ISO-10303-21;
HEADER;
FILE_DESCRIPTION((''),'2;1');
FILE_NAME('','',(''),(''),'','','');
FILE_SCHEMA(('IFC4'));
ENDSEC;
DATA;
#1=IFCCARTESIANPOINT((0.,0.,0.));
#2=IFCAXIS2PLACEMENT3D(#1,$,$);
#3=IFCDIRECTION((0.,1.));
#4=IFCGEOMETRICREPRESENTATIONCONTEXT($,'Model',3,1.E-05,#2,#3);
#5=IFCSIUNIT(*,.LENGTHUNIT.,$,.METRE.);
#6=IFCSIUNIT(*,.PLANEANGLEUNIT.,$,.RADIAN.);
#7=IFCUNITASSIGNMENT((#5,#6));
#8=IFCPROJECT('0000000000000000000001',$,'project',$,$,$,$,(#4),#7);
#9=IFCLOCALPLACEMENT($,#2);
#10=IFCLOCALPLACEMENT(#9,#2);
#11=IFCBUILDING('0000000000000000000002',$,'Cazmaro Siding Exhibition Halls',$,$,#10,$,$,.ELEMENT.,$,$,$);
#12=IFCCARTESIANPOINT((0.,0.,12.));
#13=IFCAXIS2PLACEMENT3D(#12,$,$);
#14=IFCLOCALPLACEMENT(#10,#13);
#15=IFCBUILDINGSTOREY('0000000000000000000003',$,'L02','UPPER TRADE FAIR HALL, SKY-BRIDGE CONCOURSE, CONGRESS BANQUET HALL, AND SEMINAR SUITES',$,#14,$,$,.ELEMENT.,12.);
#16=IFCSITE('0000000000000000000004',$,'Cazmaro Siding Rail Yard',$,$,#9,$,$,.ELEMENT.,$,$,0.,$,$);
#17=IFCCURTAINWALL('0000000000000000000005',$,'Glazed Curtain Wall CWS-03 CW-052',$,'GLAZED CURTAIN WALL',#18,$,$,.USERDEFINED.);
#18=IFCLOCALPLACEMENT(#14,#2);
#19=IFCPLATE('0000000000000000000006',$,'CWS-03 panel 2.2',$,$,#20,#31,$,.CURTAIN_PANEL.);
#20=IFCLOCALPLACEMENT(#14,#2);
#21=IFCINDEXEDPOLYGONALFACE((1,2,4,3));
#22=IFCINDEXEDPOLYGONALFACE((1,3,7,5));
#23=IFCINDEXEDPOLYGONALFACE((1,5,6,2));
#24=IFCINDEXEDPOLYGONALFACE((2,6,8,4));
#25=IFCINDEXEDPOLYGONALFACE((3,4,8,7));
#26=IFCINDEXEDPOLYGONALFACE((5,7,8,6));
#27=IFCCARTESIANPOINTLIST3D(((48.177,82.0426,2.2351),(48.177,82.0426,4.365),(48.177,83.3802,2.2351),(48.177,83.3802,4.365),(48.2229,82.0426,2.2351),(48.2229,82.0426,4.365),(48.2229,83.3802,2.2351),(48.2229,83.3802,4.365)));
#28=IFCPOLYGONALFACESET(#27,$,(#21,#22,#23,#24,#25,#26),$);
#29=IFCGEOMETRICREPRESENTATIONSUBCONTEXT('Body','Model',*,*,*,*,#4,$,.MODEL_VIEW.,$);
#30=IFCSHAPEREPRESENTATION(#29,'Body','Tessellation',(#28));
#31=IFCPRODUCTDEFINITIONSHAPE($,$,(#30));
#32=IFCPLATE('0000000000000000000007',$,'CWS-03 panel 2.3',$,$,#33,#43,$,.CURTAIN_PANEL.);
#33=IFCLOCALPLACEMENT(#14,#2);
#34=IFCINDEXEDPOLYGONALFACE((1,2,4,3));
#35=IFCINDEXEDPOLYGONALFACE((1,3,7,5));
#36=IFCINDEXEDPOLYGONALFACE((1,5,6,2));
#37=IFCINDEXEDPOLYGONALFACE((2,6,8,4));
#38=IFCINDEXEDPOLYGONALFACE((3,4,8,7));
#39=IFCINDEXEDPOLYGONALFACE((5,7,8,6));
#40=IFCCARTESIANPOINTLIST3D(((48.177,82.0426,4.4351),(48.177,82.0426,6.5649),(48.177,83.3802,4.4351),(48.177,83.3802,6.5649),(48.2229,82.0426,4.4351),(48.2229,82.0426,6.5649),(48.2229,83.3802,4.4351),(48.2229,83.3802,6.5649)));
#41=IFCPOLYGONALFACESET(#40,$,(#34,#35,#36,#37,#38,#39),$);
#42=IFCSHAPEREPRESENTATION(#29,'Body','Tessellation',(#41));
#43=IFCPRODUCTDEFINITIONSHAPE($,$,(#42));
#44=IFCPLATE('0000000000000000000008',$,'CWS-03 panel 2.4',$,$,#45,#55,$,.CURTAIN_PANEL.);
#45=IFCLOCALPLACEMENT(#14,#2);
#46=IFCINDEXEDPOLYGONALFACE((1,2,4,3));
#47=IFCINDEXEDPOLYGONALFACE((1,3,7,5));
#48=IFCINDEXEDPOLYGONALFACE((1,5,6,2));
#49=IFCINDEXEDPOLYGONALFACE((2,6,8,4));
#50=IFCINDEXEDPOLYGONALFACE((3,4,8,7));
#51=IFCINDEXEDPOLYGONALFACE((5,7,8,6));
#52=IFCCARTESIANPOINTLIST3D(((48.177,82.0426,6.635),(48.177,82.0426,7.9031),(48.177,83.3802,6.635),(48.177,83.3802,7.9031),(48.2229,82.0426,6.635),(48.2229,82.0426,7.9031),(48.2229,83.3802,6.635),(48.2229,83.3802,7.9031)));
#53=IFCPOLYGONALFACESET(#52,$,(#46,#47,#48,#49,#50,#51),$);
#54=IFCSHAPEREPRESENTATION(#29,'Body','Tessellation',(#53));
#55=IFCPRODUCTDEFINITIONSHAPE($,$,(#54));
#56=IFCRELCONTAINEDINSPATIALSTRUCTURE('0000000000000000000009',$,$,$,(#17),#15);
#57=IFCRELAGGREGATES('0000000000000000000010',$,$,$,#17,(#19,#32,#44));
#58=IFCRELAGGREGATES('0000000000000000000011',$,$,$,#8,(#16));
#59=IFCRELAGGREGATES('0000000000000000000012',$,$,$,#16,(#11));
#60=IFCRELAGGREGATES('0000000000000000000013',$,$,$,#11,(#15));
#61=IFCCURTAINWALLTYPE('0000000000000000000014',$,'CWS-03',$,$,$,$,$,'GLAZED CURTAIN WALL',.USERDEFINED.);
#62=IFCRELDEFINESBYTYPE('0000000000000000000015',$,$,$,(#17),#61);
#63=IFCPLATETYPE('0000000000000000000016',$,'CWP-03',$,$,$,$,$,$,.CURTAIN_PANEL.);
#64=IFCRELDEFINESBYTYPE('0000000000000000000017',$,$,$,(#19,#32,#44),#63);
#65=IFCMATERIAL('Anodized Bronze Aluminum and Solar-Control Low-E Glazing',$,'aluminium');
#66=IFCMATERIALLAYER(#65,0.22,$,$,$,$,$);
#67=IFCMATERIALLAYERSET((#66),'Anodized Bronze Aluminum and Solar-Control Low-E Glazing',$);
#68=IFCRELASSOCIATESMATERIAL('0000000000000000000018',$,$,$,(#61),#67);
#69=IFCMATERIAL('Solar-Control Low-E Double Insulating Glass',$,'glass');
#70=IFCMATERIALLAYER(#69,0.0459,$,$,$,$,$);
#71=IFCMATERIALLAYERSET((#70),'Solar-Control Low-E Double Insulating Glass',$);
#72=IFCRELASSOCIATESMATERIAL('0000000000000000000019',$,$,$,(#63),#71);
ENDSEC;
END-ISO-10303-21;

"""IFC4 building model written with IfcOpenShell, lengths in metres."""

from ifc_helpers import new_model, si_unit, direction, frame, origin, origin_2d, place, context, subcontext, project, spatial, rectangle, extrude, material, layer, layer_set, type_object, element, aggregate, save


model = new_model("IFC4")

# Units and contexts
model_context = context("Model", 3, precision=1e-05, world=origin(), true_north=direction((0.0, 1.0)))
body_context = subcontext(model_context, "Body", "Model", "MODEL_VIEW")
ifc_project = project(units=[si_unit("LENGTHUNIT", "METRE"), si_unit("PLANEANGLEUNIT", "RADIAN")], contexts=[model_context])

# Site, building, storey
site_placement = place(None, origin())
site = spatial("IfcSite", under=ifc_project, at=site_placement, Name="Cazmaro Siding Rail Yard", CompositionType="ELEMENT", RefElevation=0.0)
building_placement = place(site_placement, origin())
building = spatial("IfcBuilding", under=site, at=building_placement, Name="Cazmaro Siding Exhibition Halls", CompositionType="ELEMENT")
storey_placement = place(building_placement, frame((0.0, 0.0, 12.0)))
storey = spatial("IfcBuildingStorey", under=building, at=storey_placement, Name="L02", Description="UPPER TRADE FAIR HALL, SKY-BRIDGE CONCOURSE, CONGRESS BANQUET HALL, AND SEMINAR SUITES", CompositionType="ELEMENT", Elevation=12.0)

# Curtain wall
ifc_material_1 = material(Name="Anodized Bronze Aluminum and Solar-Control Low-E Glazing", Category="aluminium")
ifc_layer_1 = layer(ifc_material_1, 0.22)
ifc_layer_set_1 = layer_set([ifc_layer_1], Name="Anodized Bronze Aluminum and Solar-Control Low-E Glazing")
curtain_wall_type_1 = type_object("IfcCurtainWallType", Name="CWS-03", ElementType="GLAZED CURTAIN WALL", PredefinedType="USERDEFINED", material=ifc_layer_set_1)
curtain_wall_1_placement = place(storey_placement, origin())
curtain_wall_1 = element("IfcCurtainWall", 1, at=curtain_wall_1_placement, inside=storey, type_object=curtain_wall_type_1, Name="Glazed Curtain Wall CWS-03 CW-052", ObjectType="GLAZED CURTAIN WALL", PredefinedType="USERDEFINED")

# Plates
ifc_material_2 = material(Name="Solar-Control Low-E Double Insulating Glass", Category="glass")
ifc_layer_2 = layer(ifc_material_2, 0.0459)
ifc_layer_set_2 = layer_set([ifc_layer_2], Name="Solar-Control Low-E Double Insulating Glass")
plate_type_1 = type_object("IfcPlateType", Name="CWP-03", PredefinedType="CURTAIN_PANEL", material=ifc_layer_set_2)
plate_1_placement = place(storey_placement, frame((48.2, 82.7114, 2.2351), z_axis=(0.0, 0.0, 1.0), x_axis=(0.0, -1.0, 0.0)))
plate_1 = element("IfcPlate", 2, at=plate_1_placement, type_object=plate_type_1, Name="CWS-03 panel 2.2", PredefinedType="CURTAIN_PANEL", context=body_context, shape_type="SweptSolid", body=[
    extrude(rectangle(XDim=1.3376, YDim=0.0459, at=origin_2d()), origin(), (0.0, 0.0, 1.0), 2.1299),
])
plate_2_placement = place(storey_placement, frame((48.2, 82.7114, 4.4351), z_axis=(0.0, 0.0, 1.0), x_axis=(0.0, -1.0, 0.0)))
plate_2 = element("IfcPlate", 3, at=plate_2_placement, type_object=plate_type_1, Name="CWS-03 panel 2.3", PredefinedType="CURTAIN_PANEL", context=body_context, shape_type="SweptSolid", body=[
    extrude(rectangle(XDim=1.3376, YDim=0.0459, at=origin_2d()), origin(), (0.0, 0.0, 1.0), 2.1299),
])
plate_3_placement = place(storey_placement, frame((48.2, 82.7114, 6.635), z_axis=(0.0, 0.0, 1.0), x_axis=(0.0, -1.0, 0.0)))
plate_3 = element("IfcPlate", 4, at=plate_3_placement, type_object=plate_type_1, Name="CWS-03 panel 2.4", PredefinedType="CURTAIN_PANEL", context=body_context, shape_type="SweptSolid", body=[
    extrude(rectangle(XDim=1.3376, YDim=0.0459, at=origin_2d()), origin(), (0.0, 0.0, 1.0), 1.2681),
])
aggregate(curtain_wall_1, [plate_1, plate_2, plate_3])

save(model, "model.ifc")
